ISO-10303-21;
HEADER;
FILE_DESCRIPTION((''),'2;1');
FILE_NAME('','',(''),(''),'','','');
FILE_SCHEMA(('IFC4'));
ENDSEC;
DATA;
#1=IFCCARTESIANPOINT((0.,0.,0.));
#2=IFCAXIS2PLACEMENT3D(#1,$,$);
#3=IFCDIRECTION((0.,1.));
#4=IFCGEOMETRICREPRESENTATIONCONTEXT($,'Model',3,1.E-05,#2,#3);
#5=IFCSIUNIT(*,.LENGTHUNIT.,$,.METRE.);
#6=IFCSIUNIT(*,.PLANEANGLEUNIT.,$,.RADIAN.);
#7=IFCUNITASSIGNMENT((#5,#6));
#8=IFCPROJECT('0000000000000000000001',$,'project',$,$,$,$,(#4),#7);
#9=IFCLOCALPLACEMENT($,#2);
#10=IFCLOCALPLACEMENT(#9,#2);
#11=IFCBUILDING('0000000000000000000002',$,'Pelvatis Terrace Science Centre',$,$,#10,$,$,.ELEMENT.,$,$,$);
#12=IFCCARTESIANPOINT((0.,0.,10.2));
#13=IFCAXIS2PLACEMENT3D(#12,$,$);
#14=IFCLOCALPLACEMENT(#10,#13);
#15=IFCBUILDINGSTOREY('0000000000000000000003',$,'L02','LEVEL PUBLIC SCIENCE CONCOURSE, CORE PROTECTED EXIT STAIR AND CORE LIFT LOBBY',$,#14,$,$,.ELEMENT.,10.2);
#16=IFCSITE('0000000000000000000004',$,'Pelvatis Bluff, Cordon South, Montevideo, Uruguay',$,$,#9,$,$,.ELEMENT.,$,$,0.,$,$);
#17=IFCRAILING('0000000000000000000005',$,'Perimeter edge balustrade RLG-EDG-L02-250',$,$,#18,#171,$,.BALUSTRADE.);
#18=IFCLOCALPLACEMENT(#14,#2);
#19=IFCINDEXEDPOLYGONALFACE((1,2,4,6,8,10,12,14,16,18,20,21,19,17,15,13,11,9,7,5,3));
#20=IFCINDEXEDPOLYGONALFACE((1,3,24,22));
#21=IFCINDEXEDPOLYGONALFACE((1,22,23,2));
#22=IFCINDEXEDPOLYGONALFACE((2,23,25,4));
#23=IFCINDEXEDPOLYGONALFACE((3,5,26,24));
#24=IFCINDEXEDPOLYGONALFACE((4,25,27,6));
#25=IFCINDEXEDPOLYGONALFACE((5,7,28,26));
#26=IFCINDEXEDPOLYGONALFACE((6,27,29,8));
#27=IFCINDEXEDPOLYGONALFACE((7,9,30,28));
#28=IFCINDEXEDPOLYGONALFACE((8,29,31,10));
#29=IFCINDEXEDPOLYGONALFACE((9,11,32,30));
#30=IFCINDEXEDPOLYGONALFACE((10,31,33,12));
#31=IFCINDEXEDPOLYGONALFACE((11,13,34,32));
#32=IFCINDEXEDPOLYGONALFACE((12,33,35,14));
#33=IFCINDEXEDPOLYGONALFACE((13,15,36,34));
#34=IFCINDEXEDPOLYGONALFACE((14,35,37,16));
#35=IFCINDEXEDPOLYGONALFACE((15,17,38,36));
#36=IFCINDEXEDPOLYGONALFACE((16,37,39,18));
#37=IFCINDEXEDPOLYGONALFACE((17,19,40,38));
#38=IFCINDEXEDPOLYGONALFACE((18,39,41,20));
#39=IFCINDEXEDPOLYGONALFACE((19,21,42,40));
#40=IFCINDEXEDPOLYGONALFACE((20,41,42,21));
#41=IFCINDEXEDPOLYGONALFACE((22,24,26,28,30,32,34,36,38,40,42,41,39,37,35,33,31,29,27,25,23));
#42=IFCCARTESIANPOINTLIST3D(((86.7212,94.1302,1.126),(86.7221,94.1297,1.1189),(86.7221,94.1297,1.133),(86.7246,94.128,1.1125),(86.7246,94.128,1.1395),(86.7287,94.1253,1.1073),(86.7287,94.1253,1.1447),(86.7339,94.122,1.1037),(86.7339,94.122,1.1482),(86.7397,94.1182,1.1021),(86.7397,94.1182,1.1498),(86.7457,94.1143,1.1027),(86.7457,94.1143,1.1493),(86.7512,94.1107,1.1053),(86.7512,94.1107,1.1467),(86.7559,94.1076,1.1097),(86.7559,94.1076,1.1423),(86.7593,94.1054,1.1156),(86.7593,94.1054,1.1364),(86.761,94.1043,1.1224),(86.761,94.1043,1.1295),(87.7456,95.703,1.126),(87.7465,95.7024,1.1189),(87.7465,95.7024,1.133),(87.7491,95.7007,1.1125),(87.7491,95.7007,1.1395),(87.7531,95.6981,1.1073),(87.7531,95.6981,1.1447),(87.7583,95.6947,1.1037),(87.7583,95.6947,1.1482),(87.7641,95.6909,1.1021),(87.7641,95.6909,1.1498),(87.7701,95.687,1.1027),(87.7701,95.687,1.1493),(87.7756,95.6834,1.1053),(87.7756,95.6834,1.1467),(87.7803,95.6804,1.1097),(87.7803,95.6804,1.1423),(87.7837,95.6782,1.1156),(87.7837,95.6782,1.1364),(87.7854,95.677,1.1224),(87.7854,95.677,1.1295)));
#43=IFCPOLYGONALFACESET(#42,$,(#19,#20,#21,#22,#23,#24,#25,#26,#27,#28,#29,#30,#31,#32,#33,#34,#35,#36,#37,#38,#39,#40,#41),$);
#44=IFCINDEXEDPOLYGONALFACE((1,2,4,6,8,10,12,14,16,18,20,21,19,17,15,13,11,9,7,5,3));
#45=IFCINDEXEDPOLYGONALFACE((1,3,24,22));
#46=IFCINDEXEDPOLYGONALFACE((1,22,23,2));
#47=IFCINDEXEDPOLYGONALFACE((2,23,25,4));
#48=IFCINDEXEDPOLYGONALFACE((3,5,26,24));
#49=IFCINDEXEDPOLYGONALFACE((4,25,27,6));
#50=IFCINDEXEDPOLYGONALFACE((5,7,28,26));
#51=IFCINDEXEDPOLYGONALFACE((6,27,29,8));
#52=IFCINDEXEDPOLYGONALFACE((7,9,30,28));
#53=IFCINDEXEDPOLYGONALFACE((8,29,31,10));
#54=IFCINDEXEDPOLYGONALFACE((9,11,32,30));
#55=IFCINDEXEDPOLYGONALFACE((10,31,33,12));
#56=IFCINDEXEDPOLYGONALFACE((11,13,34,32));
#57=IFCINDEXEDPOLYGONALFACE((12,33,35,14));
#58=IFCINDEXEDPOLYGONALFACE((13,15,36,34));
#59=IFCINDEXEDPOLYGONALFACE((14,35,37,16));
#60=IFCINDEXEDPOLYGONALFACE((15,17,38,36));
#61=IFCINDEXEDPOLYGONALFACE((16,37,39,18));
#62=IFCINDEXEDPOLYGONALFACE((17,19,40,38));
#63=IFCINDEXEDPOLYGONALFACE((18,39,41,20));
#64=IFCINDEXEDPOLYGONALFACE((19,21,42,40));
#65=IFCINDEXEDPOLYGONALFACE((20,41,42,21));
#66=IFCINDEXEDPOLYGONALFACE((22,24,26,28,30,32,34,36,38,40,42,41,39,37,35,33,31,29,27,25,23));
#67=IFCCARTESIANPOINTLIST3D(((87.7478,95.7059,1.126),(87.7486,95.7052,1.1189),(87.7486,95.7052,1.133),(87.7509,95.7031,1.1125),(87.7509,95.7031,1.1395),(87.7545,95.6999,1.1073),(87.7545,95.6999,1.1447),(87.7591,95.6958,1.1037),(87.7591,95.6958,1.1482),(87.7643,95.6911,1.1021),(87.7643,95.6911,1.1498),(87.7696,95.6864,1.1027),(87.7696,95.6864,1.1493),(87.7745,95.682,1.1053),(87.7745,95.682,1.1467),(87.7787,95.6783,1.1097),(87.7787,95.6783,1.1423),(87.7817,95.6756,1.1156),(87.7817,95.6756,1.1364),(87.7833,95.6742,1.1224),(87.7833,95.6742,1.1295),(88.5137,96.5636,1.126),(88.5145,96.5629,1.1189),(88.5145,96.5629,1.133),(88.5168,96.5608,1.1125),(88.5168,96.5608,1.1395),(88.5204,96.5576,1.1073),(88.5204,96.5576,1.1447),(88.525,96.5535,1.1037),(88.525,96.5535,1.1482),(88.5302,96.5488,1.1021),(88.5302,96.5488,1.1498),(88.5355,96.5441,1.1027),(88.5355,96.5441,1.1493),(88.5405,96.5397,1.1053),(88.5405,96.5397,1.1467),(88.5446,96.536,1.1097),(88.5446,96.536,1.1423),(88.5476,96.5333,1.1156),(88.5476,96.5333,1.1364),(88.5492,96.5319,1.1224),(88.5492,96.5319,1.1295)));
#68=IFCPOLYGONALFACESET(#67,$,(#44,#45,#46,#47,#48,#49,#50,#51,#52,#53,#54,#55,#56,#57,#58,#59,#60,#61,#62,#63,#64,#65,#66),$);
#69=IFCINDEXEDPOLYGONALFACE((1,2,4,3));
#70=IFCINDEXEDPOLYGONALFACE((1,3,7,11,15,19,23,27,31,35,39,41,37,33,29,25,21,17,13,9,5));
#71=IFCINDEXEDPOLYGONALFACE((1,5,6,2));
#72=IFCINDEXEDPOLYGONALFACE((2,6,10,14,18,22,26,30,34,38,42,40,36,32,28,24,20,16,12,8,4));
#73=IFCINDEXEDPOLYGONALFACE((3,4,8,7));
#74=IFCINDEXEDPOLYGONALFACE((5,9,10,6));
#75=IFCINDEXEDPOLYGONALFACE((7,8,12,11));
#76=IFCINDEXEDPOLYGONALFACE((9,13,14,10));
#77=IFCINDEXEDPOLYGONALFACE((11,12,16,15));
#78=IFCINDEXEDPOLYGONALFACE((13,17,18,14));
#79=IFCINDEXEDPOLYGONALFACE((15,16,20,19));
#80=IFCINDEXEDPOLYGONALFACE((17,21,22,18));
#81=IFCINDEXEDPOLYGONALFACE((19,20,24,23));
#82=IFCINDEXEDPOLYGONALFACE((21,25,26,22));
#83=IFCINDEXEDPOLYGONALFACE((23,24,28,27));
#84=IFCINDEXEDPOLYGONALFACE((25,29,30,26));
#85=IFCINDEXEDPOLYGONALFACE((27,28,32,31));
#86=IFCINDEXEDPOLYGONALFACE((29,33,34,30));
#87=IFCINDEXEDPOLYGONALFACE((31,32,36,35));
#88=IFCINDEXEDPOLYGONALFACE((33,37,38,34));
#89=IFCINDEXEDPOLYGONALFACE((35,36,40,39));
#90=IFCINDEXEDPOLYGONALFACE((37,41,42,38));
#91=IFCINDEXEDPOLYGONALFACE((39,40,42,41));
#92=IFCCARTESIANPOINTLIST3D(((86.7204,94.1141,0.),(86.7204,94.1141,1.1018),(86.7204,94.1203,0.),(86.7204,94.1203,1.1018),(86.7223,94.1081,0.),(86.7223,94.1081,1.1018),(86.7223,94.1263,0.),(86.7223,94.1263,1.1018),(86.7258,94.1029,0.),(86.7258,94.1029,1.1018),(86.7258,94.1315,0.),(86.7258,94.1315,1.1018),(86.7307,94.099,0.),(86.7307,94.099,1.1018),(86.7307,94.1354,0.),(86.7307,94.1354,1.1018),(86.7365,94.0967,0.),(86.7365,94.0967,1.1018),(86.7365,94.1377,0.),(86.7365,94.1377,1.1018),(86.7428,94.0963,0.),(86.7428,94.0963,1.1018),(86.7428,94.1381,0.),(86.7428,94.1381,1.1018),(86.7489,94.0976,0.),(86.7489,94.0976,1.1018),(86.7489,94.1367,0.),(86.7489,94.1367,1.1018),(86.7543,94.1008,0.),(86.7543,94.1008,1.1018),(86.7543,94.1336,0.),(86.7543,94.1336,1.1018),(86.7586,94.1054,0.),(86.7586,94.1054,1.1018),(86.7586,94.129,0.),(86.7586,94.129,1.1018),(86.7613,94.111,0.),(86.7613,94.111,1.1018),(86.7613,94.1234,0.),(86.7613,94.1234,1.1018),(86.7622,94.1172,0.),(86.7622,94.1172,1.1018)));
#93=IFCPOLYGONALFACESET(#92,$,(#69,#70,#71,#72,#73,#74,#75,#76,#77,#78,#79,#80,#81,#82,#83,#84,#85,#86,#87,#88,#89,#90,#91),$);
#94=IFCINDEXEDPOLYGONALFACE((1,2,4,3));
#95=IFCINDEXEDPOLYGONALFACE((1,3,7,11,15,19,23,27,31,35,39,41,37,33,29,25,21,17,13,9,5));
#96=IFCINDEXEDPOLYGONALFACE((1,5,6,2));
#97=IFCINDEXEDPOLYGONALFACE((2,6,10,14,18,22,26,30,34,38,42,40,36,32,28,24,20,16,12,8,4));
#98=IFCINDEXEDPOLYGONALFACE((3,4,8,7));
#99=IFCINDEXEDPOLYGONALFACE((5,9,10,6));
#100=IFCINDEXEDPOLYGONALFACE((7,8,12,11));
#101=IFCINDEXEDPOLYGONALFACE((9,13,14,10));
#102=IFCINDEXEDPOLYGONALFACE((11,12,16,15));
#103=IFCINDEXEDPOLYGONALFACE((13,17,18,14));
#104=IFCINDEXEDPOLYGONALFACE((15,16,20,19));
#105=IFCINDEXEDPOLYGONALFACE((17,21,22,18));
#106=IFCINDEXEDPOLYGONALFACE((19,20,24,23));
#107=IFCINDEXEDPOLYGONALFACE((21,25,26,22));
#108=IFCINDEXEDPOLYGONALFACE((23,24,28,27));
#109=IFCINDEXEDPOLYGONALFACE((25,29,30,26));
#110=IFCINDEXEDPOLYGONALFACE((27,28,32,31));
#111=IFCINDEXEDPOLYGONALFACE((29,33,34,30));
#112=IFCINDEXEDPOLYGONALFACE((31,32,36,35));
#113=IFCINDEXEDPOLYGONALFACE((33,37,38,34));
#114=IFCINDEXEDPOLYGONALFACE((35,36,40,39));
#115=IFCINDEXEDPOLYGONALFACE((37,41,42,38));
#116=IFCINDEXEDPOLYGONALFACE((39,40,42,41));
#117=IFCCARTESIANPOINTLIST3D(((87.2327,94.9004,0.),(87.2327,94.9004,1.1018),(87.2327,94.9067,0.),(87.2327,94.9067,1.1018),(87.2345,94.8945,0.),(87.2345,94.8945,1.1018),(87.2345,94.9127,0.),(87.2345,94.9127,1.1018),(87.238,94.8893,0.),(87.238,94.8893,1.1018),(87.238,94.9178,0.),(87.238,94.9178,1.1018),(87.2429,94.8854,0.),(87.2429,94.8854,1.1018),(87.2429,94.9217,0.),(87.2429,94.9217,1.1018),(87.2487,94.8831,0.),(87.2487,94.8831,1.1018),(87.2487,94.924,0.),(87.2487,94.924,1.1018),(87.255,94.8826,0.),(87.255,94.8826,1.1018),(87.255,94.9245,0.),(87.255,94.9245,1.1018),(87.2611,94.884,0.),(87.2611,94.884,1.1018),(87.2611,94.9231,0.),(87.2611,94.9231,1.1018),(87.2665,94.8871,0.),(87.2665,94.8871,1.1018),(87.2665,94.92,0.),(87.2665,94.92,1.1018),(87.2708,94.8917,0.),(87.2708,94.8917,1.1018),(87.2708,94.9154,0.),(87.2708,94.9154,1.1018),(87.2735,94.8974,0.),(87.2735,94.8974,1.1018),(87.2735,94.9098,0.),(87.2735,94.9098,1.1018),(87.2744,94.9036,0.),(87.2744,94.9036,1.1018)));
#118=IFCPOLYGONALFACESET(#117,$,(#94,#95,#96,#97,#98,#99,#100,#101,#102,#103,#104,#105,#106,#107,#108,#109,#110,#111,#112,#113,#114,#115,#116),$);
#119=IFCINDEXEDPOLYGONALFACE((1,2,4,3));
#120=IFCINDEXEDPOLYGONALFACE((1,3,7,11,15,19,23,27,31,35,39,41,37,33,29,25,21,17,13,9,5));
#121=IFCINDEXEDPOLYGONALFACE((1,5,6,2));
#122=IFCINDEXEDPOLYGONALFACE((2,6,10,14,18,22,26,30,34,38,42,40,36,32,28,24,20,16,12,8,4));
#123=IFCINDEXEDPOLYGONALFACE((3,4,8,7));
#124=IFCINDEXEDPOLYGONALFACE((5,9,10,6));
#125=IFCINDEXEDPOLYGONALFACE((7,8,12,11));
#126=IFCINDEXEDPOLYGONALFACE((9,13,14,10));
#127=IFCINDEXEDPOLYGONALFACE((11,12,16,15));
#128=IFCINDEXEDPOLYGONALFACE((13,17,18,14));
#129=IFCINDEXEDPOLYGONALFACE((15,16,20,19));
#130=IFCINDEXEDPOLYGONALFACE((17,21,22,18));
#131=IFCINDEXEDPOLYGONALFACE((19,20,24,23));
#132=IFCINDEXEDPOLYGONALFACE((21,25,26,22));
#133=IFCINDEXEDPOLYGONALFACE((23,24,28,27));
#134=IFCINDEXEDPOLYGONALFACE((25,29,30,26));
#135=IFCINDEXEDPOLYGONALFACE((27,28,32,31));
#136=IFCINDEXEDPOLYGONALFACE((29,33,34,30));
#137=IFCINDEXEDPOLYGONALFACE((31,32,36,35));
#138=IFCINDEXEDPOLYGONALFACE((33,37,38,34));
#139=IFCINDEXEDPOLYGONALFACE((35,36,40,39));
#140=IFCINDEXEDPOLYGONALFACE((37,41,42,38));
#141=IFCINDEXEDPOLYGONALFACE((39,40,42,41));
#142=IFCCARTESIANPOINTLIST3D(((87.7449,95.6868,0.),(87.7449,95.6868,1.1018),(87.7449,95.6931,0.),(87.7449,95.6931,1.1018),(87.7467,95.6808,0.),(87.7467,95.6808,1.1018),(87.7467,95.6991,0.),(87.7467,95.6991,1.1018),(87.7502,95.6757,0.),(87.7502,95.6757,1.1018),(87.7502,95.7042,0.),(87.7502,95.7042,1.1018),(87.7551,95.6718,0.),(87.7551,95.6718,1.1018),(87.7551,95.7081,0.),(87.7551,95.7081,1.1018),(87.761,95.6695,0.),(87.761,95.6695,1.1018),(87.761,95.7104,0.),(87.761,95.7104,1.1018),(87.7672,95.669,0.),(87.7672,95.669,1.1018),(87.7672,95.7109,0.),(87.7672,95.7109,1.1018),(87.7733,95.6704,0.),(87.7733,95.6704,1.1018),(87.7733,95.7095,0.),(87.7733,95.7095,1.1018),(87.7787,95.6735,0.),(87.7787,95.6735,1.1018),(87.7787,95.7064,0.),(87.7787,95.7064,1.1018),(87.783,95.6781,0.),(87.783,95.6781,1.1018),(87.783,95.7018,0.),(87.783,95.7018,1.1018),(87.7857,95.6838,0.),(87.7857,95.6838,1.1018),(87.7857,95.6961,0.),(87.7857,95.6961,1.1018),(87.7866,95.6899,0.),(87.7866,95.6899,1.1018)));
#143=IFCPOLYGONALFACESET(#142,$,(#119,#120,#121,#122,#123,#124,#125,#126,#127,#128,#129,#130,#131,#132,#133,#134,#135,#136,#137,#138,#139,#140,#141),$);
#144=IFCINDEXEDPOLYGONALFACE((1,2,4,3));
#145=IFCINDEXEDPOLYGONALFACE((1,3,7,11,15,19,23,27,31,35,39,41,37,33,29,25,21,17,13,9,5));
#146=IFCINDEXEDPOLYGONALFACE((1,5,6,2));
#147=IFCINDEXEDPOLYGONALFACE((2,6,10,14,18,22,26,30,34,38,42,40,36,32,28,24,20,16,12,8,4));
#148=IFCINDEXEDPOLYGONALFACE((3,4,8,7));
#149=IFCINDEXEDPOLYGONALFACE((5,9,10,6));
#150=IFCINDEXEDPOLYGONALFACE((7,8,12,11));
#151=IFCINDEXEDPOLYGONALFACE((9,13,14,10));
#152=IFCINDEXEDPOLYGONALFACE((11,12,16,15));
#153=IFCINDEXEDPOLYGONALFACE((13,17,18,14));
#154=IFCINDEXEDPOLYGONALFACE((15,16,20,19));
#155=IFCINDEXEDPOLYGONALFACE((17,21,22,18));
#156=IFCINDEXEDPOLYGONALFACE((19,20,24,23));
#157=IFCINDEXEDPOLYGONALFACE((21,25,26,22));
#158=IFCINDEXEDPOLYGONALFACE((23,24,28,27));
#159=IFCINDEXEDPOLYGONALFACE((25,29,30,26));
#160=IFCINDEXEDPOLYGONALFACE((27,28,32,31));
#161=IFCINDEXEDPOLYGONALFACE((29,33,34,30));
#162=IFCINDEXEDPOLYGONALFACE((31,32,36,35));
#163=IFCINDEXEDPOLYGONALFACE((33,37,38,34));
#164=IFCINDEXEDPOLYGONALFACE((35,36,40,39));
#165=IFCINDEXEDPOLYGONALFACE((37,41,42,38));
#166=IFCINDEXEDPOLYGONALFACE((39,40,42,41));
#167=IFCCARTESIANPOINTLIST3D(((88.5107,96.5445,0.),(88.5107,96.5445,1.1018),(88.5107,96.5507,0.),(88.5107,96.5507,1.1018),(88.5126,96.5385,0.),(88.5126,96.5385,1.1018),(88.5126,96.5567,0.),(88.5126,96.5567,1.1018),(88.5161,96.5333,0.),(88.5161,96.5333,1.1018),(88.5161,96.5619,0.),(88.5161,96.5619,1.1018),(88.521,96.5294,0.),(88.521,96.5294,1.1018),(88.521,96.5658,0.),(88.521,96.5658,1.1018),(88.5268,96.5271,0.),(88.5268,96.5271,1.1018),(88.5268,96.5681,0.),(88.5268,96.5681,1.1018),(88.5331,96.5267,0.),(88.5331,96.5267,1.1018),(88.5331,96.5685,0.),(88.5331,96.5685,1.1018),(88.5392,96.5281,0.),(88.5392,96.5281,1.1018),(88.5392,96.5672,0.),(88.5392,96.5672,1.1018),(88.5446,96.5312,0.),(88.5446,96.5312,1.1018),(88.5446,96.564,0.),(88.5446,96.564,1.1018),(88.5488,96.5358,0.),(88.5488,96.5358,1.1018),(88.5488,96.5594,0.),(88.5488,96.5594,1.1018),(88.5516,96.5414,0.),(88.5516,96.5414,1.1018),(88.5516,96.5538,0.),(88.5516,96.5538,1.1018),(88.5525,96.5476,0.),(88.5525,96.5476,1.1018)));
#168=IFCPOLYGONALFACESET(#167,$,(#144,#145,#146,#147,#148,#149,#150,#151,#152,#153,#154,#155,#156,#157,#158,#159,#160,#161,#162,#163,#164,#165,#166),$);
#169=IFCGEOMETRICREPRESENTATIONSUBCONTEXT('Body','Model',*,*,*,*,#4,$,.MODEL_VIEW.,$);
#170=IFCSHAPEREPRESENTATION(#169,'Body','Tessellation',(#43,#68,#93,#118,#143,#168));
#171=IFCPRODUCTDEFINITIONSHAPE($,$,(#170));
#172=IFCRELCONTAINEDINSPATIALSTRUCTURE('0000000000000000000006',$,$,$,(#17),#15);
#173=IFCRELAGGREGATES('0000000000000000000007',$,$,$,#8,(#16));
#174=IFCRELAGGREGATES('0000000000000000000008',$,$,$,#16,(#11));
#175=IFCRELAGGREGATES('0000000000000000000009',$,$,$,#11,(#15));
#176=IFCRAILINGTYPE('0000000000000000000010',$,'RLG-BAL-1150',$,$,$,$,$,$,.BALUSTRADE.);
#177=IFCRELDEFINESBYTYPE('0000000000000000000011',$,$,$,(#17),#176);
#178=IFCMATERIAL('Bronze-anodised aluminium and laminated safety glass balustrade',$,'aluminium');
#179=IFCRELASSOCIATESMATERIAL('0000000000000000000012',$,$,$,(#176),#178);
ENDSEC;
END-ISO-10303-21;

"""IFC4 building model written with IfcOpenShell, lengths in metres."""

from ifc_helpers import new_model, si_unit, direction, frame, origin, origin_2d, place, context, subcontext, project, spatial, circle, extrude, material, type_object, element, save


model = new_model("IFC4")

# Units and contexts
model_context = context("Model", 3, precision=1e-05, world=origin(), true_north=direction((0.0, 1.0)))
body_context = subcontext(model_context, "Body", "Model", "MODEL_VIEW")
ifc_project = project(units=[si_unit("LENGTHUNIT", "METRE"), si_unit("PLANEANGLEUNIT", "RADIAN")], contexts=[model_context])

# Site, building, storey
site_placement = place(None, origin())
site = spatial("IfcSite", under=ifc_project, at=site_placement, Name="Pelvatis Bluff, Cordon South, Montevideo, Uruguay", CompositionType="ELEMENT", RefElevation=0.0)
building_placement = place(site_placement, origin())
building = spatial("IfcBuilding", under=site, at=building_placement, Name="Pelvatis Terrace Science Centre", CompositionType="ELEMENT")
storey_placement = place(building_placement, frame((0.0, 0.0, 10.2)))
storey = spatial("IfcBuildingStorey", under=building, at=storey_placement, Name="L02", Description="LEVEL PUBLIC SCIENCE CONCOURSE, CORE PROTECTED EXIT STAIR AND CORE LIFT LOBBY", CompositionType="ELEMENT", Elevation=10.2)

# Railing
ifc_material_1 = material(Name="Bronze-anodised aluminium and laminated safety glass balustrade", Category="aluminium")
railing_type = type_object("IfcRailingType", Name="RLG-BAL-1150", PredefinedType="BALUSTRADE", material=ifc_material_1)
railing_placement = place(storey_placement, frame((86.7412, 94.1172, 0.0)))
element("IfcRailing", 1, at=railing_placement, inside=storey, type_object=railing_type, Name="Perimeter edge balustrade RLG-EDG-L02-250", PredefinedType="BALUSTRADE", context=body_context, shape_type="SweptSolid", body=[
    extrude(circle(Radius=0.0239, at=origin_2d()), frame((0.0, 0.0, 1.126), z_axis=(0.545784, 0.837926, 0.0), x_axis=(-0.837926, 0.545784, 0.0)), (0.0, 0.0, 1.0), 1.877),
    extrude(circle(Radius=0.0239, at=origin_2d()), frame((1.0244, 1.5728, 1.126), z_axis=(0.666062, 0.745896, 0.0), x_axis=(-0.745896, 0.666062, 0.0)), (0.0, 0.0, 1.0), 1.1499),
    extrude(circle(Radius=0.021, at=origin_2d()), origin(), (0.0, 0.0, 1.0), 1.1018),
    extrude(circle(Radius=0.021, at=origin_2d()), frame((0.5122, 0.7864, 0.0)), (0.0, 0.0, 1.0), 1.1018),
    extrude(circle(Radius=0.021, at=origin_2d()), frame((1.0244, 1.5728, 0.0)), (0.0, 0.0, 1.0), 1.1018),
    extrude(circle(Radius=0.021, at=origin_2d()), frame((1.7903, 2.4304, 0.0)), (0.0, 0.0, 1.0), 1.1018),
])

save(model, "model.ifc")
